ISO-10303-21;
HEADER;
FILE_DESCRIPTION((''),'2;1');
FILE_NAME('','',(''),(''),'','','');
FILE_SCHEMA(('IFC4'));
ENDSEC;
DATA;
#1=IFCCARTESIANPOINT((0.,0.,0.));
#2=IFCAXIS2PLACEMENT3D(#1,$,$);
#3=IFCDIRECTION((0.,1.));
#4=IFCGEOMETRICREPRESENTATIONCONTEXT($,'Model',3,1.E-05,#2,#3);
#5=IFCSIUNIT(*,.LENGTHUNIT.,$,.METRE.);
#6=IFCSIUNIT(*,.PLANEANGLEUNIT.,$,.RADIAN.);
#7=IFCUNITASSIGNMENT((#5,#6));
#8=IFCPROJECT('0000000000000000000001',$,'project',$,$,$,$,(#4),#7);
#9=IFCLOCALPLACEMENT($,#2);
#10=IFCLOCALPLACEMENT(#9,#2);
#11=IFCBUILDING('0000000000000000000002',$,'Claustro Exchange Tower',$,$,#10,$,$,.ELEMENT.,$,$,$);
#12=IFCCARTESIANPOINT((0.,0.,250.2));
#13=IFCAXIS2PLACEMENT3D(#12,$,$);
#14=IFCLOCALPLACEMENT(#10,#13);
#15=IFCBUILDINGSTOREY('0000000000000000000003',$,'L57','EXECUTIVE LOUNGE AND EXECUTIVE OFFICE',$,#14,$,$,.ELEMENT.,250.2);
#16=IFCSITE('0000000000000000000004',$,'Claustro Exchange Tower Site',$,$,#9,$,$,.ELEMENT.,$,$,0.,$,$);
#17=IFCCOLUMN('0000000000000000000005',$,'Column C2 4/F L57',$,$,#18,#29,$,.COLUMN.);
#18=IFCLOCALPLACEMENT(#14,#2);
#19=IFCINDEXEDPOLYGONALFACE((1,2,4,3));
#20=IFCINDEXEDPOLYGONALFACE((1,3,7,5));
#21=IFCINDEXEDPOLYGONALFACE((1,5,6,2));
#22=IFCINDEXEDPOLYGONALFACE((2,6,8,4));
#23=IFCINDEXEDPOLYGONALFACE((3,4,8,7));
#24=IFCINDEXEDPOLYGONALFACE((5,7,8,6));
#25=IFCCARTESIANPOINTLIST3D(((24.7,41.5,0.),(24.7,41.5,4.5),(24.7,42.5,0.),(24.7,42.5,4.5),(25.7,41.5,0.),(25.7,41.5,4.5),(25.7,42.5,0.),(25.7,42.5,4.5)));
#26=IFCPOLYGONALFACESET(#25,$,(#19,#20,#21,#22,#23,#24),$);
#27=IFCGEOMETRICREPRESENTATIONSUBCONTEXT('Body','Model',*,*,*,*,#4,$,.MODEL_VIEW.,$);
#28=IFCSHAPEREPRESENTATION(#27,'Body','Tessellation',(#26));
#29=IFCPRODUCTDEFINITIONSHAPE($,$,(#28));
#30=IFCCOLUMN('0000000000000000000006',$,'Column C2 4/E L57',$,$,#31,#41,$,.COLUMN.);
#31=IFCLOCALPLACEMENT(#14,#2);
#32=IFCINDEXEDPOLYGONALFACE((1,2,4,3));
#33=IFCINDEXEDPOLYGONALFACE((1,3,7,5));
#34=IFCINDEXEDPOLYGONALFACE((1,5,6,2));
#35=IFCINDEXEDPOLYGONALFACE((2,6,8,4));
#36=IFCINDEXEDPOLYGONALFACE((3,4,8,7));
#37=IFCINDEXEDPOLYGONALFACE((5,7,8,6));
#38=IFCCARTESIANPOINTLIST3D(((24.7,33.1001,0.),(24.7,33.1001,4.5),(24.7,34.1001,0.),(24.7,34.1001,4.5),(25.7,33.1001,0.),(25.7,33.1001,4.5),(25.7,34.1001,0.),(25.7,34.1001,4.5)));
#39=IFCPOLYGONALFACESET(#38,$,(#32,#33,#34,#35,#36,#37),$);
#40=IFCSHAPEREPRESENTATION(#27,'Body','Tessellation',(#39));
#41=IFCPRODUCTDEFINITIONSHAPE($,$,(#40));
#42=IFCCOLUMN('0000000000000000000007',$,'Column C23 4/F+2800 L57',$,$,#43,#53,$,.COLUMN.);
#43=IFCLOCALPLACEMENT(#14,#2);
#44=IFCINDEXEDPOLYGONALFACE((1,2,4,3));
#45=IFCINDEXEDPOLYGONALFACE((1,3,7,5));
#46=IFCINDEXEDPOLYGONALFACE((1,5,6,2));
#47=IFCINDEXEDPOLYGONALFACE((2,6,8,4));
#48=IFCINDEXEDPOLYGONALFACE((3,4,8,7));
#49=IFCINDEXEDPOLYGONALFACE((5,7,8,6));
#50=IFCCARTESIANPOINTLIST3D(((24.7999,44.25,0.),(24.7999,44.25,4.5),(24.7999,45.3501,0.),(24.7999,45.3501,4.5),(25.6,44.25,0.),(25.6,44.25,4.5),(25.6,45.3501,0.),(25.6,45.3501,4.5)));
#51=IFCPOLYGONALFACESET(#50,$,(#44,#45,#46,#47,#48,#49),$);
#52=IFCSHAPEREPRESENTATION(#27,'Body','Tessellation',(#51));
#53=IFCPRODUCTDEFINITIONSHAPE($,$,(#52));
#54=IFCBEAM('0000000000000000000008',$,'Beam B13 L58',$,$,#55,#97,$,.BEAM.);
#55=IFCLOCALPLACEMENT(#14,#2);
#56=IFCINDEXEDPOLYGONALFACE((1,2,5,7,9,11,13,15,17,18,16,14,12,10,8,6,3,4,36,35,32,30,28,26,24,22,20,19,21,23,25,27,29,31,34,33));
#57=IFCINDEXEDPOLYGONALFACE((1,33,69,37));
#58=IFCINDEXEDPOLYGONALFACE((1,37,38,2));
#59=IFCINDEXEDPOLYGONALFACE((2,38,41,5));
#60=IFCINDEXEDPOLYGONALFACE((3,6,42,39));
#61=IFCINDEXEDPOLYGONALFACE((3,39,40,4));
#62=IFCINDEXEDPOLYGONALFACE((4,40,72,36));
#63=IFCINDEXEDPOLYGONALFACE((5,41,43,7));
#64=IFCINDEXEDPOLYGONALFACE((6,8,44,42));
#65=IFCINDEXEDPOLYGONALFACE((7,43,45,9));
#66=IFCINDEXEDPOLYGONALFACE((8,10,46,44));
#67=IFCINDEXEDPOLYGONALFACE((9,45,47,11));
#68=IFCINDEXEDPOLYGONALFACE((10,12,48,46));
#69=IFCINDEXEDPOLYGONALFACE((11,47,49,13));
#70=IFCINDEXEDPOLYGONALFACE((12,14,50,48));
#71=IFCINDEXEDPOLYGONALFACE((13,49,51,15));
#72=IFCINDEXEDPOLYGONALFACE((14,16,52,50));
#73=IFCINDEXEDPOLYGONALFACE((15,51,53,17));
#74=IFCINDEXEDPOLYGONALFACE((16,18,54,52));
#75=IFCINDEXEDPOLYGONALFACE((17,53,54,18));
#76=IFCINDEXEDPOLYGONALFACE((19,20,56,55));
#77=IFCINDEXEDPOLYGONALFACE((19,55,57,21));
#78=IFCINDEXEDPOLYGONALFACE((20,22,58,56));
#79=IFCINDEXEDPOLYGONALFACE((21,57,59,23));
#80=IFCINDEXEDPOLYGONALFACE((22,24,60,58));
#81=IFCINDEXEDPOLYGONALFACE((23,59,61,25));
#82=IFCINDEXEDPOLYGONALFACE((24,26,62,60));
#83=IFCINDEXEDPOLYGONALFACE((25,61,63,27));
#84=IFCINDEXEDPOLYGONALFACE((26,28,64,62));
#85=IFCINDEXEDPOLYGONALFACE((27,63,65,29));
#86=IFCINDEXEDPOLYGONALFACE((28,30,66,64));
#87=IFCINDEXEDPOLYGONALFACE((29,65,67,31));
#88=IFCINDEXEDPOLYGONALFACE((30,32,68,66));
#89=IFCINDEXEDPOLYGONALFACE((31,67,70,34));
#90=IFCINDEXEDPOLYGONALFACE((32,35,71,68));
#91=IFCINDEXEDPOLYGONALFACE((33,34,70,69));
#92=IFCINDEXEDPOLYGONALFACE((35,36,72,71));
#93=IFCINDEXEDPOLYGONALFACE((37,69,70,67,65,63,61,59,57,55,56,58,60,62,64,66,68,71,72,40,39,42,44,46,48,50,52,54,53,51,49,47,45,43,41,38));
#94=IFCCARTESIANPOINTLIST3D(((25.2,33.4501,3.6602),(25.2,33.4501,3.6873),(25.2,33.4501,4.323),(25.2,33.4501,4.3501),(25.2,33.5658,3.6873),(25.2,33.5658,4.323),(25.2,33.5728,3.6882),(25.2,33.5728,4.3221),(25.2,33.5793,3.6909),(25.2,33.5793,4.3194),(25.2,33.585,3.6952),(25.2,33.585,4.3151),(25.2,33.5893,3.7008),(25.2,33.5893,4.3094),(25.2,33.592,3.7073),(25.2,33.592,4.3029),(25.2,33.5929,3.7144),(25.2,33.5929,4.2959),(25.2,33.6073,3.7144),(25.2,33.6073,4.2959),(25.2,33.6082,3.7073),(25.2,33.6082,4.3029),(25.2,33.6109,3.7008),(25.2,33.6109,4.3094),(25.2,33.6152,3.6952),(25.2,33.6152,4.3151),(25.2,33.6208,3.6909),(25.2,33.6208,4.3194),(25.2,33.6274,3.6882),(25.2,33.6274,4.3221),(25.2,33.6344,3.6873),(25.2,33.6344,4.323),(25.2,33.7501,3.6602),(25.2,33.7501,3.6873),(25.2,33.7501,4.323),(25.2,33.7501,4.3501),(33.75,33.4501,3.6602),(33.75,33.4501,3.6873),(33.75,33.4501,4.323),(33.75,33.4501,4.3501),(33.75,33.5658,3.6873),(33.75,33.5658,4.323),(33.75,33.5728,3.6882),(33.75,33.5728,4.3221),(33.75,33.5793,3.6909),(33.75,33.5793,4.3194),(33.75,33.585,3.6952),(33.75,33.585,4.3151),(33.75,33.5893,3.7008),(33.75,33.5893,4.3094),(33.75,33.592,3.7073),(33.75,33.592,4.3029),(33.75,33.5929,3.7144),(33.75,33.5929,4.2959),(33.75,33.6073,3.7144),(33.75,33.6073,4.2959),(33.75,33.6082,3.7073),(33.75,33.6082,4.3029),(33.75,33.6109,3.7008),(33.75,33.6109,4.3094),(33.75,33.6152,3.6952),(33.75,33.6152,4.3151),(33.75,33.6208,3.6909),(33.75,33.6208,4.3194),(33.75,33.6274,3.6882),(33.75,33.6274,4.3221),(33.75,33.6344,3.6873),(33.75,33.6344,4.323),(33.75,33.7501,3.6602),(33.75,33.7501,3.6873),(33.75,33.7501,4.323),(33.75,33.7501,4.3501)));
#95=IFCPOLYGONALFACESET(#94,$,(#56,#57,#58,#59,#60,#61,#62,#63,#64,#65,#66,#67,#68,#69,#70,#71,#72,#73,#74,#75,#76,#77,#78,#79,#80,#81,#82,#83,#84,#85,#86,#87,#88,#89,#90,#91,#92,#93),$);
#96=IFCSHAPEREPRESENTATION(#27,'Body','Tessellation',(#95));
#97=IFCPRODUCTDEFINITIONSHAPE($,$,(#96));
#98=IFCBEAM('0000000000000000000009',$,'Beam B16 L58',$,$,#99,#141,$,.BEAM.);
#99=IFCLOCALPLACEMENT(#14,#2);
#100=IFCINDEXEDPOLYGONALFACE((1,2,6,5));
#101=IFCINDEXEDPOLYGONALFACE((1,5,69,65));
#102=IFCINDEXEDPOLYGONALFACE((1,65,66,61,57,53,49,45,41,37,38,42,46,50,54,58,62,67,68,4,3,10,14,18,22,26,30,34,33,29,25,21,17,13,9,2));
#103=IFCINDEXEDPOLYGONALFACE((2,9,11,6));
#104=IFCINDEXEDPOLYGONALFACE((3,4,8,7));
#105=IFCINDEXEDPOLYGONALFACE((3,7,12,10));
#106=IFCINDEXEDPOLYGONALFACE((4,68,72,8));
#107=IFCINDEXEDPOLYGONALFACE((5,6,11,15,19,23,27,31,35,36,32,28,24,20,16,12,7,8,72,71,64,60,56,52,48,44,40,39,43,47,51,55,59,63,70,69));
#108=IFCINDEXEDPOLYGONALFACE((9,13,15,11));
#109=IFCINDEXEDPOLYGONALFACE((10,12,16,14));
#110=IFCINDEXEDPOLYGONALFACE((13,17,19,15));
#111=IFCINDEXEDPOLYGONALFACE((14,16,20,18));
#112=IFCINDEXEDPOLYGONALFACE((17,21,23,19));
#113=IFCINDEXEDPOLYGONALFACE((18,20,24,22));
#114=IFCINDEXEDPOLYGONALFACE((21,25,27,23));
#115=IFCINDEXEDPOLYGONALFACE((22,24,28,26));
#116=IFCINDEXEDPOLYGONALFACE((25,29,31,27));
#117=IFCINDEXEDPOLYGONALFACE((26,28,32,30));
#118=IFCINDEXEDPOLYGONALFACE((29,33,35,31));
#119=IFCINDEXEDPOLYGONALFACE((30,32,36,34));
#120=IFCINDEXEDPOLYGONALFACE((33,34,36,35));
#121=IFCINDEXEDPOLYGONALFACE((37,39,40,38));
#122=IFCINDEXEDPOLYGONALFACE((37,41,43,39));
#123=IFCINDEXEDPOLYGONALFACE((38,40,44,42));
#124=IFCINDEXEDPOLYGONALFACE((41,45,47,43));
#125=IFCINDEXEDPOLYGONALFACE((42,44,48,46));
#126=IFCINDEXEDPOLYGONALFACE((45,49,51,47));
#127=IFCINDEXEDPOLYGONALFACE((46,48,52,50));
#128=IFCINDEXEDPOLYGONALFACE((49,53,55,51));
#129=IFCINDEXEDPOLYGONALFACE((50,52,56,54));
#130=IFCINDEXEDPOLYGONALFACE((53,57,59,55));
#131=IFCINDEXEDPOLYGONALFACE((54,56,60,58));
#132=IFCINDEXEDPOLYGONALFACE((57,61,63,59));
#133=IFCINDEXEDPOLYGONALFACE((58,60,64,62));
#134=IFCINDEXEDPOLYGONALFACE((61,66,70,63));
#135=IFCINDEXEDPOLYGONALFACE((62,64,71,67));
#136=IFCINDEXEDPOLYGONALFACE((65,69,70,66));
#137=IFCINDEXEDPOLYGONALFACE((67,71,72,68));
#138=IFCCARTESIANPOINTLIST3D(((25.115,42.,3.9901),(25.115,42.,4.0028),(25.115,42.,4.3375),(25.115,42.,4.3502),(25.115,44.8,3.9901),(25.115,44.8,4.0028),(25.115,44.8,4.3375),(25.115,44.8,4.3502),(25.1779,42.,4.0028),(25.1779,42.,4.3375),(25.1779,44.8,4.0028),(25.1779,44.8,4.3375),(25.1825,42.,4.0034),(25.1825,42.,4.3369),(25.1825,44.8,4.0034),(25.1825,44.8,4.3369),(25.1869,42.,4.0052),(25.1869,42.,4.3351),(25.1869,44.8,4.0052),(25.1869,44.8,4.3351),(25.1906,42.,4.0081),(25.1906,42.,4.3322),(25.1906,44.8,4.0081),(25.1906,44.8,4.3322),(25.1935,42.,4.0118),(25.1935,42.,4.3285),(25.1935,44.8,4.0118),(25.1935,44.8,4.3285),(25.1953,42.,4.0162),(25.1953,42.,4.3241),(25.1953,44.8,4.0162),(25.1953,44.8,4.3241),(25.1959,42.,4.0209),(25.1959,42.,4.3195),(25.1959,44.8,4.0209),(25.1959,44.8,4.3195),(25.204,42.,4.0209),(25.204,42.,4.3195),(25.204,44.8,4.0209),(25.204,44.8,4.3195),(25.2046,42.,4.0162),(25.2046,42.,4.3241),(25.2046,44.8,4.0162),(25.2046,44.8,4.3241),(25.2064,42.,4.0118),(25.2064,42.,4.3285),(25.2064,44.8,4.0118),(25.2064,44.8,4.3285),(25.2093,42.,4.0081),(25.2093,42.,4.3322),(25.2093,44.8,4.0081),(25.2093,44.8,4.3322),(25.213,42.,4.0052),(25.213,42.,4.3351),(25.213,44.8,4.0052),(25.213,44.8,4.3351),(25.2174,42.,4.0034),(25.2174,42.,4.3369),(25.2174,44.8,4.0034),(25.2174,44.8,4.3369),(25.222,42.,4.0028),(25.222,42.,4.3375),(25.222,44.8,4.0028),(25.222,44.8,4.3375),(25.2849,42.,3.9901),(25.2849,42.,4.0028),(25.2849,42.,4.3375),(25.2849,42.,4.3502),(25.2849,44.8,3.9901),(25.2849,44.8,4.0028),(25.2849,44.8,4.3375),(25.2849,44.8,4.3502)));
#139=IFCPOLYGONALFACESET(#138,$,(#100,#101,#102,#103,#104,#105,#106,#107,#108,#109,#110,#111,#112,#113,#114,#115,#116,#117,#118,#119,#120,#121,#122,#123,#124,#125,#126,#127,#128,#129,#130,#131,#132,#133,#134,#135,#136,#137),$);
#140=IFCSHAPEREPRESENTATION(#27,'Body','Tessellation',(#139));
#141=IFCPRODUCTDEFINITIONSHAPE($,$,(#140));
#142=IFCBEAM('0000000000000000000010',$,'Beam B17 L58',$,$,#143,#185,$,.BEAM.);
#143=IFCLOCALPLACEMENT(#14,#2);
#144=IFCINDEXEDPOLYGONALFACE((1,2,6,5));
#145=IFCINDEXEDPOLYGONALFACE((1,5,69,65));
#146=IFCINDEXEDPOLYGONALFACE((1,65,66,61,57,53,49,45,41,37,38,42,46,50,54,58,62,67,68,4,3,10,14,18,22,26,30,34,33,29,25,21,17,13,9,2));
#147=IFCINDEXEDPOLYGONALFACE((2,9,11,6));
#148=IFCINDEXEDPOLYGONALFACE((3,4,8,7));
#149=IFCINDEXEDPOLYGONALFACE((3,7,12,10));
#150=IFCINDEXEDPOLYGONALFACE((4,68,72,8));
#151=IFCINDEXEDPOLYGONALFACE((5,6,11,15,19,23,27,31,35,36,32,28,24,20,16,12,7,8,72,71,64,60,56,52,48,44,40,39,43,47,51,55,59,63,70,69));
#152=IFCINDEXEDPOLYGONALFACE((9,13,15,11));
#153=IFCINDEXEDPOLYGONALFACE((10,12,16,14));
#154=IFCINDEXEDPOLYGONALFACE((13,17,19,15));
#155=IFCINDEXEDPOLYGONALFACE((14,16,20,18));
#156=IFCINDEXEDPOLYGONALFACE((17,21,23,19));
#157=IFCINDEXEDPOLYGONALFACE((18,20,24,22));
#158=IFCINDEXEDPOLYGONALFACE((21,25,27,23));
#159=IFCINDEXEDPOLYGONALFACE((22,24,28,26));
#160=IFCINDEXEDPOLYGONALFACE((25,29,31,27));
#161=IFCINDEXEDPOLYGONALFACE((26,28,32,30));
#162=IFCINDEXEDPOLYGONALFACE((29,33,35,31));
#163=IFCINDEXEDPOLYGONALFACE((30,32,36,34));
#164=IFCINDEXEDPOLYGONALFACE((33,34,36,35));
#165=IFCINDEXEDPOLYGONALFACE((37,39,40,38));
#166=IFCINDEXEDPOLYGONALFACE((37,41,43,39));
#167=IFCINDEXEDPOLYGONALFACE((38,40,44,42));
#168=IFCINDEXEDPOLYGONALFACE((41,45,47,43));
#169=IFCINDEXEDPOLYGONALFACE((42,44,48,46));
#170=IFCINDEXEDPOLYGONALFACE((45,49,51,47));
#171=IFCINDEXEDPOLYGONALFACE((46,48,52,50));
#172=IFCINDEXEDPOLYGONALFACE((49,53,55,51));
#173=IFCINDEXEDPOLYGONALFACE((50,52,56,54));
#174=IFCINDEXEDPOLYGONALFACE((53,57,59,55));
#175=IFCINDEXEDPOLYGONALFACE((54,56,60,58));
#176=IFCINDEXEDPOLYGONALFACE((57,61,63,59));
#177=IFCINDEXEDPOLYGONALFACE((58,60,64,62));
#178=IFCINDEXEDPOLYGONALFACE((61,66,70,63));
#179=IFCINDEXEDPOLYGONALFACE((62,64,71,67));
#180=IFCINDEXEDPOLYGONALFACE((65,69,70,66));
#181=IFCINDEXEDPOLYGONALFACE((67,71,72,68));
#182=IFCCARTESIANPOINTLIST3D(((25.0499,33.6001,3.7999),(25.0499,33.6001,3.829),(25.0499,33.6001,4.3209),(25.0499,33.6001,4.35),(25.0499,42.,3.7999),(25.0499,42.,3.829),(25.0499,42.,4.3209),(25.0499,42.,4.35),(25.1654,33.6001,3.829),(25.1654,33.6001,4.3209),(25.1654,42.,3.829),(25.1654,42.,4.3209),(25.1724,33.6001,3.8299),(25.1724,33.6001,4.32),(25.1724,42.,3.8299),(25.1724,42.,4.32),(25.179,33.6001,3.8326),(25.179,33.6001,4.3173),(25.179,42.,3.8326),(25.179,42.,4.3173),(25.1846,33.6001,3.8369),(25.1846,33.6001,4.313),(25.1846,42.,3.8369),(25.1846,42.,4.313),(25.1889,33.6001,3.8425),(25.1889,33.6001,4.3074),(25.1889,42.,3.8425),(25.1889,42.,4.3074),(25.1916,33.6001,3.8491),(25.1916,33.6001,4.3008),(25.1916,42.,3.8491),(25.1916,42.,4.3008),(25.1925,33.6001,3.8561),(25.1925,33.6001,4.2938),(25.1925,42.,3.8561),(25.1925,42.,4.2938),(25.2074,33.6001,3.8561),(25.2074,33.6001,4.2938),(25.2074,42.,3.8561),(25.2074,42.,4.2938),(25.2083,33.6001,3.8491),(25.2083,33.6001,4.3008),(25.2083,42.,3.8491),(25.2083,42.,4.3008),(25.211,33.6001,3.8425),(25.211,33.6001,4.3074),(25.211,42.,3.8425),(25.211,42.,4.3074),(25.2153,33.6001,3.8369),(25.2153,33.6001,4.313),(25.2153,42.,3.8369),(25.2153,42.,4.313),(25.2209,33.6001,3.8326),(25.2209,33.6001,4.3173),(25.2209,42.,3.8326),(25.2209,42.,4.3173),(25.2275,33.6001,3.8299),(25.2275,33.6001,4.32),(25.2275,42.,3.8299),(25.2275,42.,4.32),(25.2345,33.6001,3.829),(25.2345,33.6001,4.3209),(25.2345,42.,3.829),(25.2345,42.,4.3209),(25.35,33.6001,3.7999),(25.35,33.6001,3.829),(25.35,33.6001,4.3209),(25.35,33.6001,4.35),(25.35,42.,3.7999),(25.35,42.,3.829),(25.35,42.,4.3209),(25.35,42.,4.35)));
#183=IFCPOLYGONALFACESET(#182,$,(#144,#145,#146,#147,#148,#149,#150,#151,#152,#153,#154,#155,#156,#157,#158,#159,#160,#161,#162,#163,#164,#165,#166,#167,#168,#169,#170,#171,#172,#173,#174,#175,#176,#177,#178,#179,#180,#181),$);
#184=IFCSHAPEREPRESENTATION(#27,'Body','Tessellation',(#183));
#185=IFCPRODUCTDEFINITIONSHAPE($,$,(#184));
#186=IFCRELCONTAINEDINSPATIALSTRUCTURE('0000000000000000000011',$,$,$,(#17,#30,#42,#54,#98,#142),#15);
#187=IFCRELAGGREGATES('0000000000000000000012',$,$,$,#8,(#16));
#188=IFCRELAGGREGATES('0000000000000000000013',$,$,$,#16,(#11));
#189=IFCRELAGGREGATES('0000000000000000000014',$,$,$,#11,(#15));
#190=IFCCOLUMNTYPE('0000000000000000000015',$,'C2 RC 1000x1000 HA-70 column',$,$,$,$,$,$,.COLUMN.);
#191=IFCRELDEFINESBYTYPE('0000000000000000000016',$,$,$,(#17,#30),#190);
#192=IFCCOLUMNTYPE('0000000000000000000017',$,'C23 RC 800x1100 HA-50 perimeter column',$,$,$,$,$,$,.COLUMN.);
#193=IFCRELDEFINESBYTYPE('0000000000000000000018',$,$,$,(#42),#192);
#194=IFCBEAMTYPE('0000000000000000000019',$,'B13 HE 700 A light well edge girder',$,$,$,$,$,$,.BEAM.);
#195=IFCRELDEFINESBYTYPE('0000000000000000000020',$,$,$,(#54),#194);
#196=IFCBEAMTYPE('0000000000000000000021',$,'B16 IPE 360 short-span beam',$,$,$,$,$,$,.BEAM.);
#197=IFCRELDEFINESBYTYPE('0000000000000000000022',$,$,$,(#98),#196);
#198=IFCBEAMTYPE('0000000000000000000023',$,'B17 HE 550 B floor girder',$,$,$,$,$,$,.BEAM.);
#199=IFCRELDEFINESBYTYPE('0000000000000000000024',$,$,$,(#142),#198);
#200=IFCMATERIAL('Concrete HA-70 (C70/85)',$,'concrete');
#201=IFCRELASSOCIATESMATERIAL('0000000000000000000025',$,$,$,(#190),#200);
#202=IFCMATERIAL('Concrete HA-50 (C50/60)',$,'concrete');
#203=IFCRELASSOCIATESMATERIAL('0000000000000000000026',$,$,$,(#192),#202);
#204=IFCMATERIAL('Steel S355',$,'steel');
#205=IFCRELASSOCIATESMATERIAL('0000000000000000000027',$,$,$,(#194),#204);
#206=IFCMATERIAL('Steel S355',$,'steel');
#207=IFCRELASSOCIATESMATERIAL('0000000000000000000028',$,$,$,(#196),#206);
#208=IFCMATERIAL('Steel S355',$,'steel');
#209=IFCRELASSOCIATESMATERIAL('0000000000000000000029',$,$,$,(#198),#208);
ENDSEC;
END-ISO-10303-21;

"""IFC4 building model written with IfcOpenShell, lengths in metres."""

from ifc_helpers import new_model, si_unit, direction, frame, origin, origin_2d, place, context, subcontext, project, spatial, rectangle, i_section, extrude, material, material_profile, profile_set, type_object, element, save


model = new_model("IFC4")

# Units and contexts
model_context = context("Model", 3, precision=1e-05, world=origin(), true_north=direction((0.0, 1.0)))
body_context = subcontext(model_context, "Body", "Model", "MODEL_VIEW")
ifc_project = project(units=[si_unit("LENGTHUNIT", "METRE"), si_unit("PLANEANGLEUNIT", "RADIAN")], contexts=[model_context])

# Site, building, storey
site_placement = place(None, origin())
site = spatial("IfcSite", under=ifc_project, at=site_placement, Name="Claustro Exchange Tower Site", CompositionType="ELEMENT", RefElevation=0.0)
building_placement = place(site_placement, origin())
building = spatial("IfcBuilding", under=site, at=building_placement, Name="Claustro Exchange Tower", CompositionType="ELEMENT")
storey_placement = place(building_placement, frame((0.0, 0.0, 250.2)))
storey = spatial("IfcBuildingStorey", under=building, at=storey_placement, Name="L57", Description="EXECUTIVE LOUNGE AND EXECUTIVE OFFICE", CompositionType="ELEMENT", Elevation=250.2)

# Columns
ifc_material_1 = material(Name="Concrete HA-70 (C70/85)", Category="concrete")
ifc_material_profile_1 = material_profile(ifc_material_1, rectangle(XDim=1.0, YDim=1.0, at=origin_2d()), Name="RC 1000x1000")
ifc_profile_set_1 = profile_set([ifc_material_profile_1], Name="Concrete HA-70 (C70/85)")
column_type_1 = type_object("IfcColumnType", Name="C2 RC 1000x1000 HA-70 column", PredefinedType="COLUMN", material=ifc_profile_set_1)
for number, where, z_axis, x_axis, name in (
    (1, (25.2, 42.0, 0.0), (0.0, 0.0, 1.0), (1.0, 0.0, 0.0), "Column C2 4/F L57"),
    (2, (25.2, 33.6001, 0.0), (0.0, 0.0, 1.0), (1.0, 0.0, 0.0), "Column C2 4/E L57"),
):
    element("IfcColumn", number, at=place(storey_placement, frame(where, z_axis=z_axis, x_axis=x_axis)), inside=storey, type_object=column_type_1, Name=name, PredefinedType="COLUMN", context=body_context, shape_type="SweptSolid", body=[
        extrude(rectangle(XDim=1.0, YDim=1.0, at=origin_2d()), origin(), (0.0, 0.0, 1.0), 4.5),
    ])
ifc_material_2 = material(Name="Concrete HA-50 (C50/60)", Category="concrete")
ifc_material_profile_2 = material_profile(ifc_material_2, rectangle(XDim=0.8, YDim=1.1001, at=origin_2d()), Name="RC 800x1100")
ifc_profile_set_2 = profile_set([ifc_material_profile_2], Name="Concrete HA-50 (C50/60)")
column_type_2 = type_object("IfcColumnType", Name="C23 RC 800x1100 HA-50 perimeter column", PredefinedType="COLUMN", material=ifc_profile_set_2)
column_placement = place(storey_placement, frame((25.2, 44.8, 0.0), z_axis=(0.0, 0.0, 1.0), x_axis=(1.0, 0.0, 0.0)))
element("IfcColumn", 3, at=column_placement, inside=storey, type_object=column_type_2, Name="Column C23 4/F+2800 L57", PredefinedType="COLUMN", context=body_context, shape_type="SweptSolid", body=[
    extrude(rectangle(XDim=0.8, YDim=1.1001, at=origin_2d()), origin(), (0.0, 0.0, 1.0), 4.5),
])

# Beams
ifc_material_3 = material(Name="Steel S355", Category="steel")
ifc_material_profile_3 = material_profile(ifc_material_3, i_section(OverallWidth=0.3, OverallDepth=0.6899, WebThickness=0.0144, FlangeThickness=0.0271, FilletRadius=0.0271, at=origin_2d()), Name="HE 700 A")
ifc_profile_set_3 = profile_set([ifc_material_profile_3], Name="Steel S355")
beam_type_1 = type_object("IfcBeamType", Name="B13 HE 700 A light well edge girder", PredefinedType="BEAM", material=ifc_profile_set_3)
beam_1_placement = place(storey_placement, frame((25.2, 33.6001, 4.0051), z_axis=(1.0, 0.0, 0.0), x_axis=(0.0, 1.0, 0.0)))
element("IfcBeam", 4, at=beam_1_placement, inside=storey, type_object=beam_type_1, Name="Beam B13 L58", PredefinedType="BEAM", context=body_context, shape_type="SweptSolid", body=[
    extrude(i_section(OverallWidth=0.3, OverallDepth=0.6899, WebThickness=0.0144, FlangeThickness=0.0271, FilletRadius=0.0271, at=origin_2d()), origin(), (0.0, 0.0, 1.0), 8.55),
])
ifc_material_4 = material(Name="Steel S355", Category="steel")
ifc_material_profile_4 = material_profile(ifc_material_4, i_section(OverallWidth=0.1699, OverallDepth=0.3601, WebThickness=0.0081, FlangeThickness=0.0127, FilletRadius=0.0181, at=origin_2d()), Name="IPE 360")
ifc_profile_set_4 = profile_set([ifc_material_profile_4], Name="Steel S355")
beam_type_2 = type_object("IfcBeamType", Name="B16 IPE 360 short-span beam", PredefinedType="BEAM", material=ifc_profile_set_4)
beam_2_placement = place(storey_placement, frame((25.2, 42.0, 4.1702), z_axis=(0.0, 1.0, 0.0), x_axis=(-1.0, 0.0, 0.0)))
element("IfcBeam", 5, at=beam_2_placement, inside=storey, type_object=beam_type_2, Name="Beam B16 L58", PredefinedType="BEAM", context=body_context, shape_type="SweptSolid", body=[
    extrude(i_section(OverallWidth=0.1699, OverallDepth=0.3601, WebThickness=0.0081, FlangeThickness=0.0127, FilletRadius=0.0181, at=origin_2d()), origin(), (0.0, 0.0, 1.0), 2.8),
])
ifc_material_5 = material(Name="Steel S355", Category="steel")
ifc_material_profile_5 = material_profile(ifc_material_5, i_section(OverallWidth=0.3, OverallDepth=0.55, WebThickness=0.0149, FlangeThickness=0.0291, FilletRadius=0.0271, at=origin_2d()), Name="HE 550 B")
ifc_profile_set_5 = profile_set([ifc_material_profile_5], Name="Steel S355")
beam_type_3 = type_object("IfcBeamType", Name="B17 HE 550 B floor girder", PredefinedType="BEAM", material=ifc_profile_set_5)
beam_3_placement = place(storey_placement, frame((25.2, 33.6001, 4.075), z_axis=(0.0, 1.0, 0.0), x_axis=(-1.0, 0.0, 0.0)))
element("IfcBeam", 6, at=beam_3_placement, inside=storey, type_object=beam_type_3, Name="Beam B17 L58", PredefinedType="BEAM", context=body_context, shape_type="SweptSolid", body=[
    extrude(i_section(OverallWidth=0.3, OverallDepth=0.55, WebThickness=0.0149, FlangeThickness=0.0291, FilletRadius=0.0271, at=origin_2d()), origin(), (0.0, 0.0, 1.0), 8.3999),
])

save(model, "model.ifc")
